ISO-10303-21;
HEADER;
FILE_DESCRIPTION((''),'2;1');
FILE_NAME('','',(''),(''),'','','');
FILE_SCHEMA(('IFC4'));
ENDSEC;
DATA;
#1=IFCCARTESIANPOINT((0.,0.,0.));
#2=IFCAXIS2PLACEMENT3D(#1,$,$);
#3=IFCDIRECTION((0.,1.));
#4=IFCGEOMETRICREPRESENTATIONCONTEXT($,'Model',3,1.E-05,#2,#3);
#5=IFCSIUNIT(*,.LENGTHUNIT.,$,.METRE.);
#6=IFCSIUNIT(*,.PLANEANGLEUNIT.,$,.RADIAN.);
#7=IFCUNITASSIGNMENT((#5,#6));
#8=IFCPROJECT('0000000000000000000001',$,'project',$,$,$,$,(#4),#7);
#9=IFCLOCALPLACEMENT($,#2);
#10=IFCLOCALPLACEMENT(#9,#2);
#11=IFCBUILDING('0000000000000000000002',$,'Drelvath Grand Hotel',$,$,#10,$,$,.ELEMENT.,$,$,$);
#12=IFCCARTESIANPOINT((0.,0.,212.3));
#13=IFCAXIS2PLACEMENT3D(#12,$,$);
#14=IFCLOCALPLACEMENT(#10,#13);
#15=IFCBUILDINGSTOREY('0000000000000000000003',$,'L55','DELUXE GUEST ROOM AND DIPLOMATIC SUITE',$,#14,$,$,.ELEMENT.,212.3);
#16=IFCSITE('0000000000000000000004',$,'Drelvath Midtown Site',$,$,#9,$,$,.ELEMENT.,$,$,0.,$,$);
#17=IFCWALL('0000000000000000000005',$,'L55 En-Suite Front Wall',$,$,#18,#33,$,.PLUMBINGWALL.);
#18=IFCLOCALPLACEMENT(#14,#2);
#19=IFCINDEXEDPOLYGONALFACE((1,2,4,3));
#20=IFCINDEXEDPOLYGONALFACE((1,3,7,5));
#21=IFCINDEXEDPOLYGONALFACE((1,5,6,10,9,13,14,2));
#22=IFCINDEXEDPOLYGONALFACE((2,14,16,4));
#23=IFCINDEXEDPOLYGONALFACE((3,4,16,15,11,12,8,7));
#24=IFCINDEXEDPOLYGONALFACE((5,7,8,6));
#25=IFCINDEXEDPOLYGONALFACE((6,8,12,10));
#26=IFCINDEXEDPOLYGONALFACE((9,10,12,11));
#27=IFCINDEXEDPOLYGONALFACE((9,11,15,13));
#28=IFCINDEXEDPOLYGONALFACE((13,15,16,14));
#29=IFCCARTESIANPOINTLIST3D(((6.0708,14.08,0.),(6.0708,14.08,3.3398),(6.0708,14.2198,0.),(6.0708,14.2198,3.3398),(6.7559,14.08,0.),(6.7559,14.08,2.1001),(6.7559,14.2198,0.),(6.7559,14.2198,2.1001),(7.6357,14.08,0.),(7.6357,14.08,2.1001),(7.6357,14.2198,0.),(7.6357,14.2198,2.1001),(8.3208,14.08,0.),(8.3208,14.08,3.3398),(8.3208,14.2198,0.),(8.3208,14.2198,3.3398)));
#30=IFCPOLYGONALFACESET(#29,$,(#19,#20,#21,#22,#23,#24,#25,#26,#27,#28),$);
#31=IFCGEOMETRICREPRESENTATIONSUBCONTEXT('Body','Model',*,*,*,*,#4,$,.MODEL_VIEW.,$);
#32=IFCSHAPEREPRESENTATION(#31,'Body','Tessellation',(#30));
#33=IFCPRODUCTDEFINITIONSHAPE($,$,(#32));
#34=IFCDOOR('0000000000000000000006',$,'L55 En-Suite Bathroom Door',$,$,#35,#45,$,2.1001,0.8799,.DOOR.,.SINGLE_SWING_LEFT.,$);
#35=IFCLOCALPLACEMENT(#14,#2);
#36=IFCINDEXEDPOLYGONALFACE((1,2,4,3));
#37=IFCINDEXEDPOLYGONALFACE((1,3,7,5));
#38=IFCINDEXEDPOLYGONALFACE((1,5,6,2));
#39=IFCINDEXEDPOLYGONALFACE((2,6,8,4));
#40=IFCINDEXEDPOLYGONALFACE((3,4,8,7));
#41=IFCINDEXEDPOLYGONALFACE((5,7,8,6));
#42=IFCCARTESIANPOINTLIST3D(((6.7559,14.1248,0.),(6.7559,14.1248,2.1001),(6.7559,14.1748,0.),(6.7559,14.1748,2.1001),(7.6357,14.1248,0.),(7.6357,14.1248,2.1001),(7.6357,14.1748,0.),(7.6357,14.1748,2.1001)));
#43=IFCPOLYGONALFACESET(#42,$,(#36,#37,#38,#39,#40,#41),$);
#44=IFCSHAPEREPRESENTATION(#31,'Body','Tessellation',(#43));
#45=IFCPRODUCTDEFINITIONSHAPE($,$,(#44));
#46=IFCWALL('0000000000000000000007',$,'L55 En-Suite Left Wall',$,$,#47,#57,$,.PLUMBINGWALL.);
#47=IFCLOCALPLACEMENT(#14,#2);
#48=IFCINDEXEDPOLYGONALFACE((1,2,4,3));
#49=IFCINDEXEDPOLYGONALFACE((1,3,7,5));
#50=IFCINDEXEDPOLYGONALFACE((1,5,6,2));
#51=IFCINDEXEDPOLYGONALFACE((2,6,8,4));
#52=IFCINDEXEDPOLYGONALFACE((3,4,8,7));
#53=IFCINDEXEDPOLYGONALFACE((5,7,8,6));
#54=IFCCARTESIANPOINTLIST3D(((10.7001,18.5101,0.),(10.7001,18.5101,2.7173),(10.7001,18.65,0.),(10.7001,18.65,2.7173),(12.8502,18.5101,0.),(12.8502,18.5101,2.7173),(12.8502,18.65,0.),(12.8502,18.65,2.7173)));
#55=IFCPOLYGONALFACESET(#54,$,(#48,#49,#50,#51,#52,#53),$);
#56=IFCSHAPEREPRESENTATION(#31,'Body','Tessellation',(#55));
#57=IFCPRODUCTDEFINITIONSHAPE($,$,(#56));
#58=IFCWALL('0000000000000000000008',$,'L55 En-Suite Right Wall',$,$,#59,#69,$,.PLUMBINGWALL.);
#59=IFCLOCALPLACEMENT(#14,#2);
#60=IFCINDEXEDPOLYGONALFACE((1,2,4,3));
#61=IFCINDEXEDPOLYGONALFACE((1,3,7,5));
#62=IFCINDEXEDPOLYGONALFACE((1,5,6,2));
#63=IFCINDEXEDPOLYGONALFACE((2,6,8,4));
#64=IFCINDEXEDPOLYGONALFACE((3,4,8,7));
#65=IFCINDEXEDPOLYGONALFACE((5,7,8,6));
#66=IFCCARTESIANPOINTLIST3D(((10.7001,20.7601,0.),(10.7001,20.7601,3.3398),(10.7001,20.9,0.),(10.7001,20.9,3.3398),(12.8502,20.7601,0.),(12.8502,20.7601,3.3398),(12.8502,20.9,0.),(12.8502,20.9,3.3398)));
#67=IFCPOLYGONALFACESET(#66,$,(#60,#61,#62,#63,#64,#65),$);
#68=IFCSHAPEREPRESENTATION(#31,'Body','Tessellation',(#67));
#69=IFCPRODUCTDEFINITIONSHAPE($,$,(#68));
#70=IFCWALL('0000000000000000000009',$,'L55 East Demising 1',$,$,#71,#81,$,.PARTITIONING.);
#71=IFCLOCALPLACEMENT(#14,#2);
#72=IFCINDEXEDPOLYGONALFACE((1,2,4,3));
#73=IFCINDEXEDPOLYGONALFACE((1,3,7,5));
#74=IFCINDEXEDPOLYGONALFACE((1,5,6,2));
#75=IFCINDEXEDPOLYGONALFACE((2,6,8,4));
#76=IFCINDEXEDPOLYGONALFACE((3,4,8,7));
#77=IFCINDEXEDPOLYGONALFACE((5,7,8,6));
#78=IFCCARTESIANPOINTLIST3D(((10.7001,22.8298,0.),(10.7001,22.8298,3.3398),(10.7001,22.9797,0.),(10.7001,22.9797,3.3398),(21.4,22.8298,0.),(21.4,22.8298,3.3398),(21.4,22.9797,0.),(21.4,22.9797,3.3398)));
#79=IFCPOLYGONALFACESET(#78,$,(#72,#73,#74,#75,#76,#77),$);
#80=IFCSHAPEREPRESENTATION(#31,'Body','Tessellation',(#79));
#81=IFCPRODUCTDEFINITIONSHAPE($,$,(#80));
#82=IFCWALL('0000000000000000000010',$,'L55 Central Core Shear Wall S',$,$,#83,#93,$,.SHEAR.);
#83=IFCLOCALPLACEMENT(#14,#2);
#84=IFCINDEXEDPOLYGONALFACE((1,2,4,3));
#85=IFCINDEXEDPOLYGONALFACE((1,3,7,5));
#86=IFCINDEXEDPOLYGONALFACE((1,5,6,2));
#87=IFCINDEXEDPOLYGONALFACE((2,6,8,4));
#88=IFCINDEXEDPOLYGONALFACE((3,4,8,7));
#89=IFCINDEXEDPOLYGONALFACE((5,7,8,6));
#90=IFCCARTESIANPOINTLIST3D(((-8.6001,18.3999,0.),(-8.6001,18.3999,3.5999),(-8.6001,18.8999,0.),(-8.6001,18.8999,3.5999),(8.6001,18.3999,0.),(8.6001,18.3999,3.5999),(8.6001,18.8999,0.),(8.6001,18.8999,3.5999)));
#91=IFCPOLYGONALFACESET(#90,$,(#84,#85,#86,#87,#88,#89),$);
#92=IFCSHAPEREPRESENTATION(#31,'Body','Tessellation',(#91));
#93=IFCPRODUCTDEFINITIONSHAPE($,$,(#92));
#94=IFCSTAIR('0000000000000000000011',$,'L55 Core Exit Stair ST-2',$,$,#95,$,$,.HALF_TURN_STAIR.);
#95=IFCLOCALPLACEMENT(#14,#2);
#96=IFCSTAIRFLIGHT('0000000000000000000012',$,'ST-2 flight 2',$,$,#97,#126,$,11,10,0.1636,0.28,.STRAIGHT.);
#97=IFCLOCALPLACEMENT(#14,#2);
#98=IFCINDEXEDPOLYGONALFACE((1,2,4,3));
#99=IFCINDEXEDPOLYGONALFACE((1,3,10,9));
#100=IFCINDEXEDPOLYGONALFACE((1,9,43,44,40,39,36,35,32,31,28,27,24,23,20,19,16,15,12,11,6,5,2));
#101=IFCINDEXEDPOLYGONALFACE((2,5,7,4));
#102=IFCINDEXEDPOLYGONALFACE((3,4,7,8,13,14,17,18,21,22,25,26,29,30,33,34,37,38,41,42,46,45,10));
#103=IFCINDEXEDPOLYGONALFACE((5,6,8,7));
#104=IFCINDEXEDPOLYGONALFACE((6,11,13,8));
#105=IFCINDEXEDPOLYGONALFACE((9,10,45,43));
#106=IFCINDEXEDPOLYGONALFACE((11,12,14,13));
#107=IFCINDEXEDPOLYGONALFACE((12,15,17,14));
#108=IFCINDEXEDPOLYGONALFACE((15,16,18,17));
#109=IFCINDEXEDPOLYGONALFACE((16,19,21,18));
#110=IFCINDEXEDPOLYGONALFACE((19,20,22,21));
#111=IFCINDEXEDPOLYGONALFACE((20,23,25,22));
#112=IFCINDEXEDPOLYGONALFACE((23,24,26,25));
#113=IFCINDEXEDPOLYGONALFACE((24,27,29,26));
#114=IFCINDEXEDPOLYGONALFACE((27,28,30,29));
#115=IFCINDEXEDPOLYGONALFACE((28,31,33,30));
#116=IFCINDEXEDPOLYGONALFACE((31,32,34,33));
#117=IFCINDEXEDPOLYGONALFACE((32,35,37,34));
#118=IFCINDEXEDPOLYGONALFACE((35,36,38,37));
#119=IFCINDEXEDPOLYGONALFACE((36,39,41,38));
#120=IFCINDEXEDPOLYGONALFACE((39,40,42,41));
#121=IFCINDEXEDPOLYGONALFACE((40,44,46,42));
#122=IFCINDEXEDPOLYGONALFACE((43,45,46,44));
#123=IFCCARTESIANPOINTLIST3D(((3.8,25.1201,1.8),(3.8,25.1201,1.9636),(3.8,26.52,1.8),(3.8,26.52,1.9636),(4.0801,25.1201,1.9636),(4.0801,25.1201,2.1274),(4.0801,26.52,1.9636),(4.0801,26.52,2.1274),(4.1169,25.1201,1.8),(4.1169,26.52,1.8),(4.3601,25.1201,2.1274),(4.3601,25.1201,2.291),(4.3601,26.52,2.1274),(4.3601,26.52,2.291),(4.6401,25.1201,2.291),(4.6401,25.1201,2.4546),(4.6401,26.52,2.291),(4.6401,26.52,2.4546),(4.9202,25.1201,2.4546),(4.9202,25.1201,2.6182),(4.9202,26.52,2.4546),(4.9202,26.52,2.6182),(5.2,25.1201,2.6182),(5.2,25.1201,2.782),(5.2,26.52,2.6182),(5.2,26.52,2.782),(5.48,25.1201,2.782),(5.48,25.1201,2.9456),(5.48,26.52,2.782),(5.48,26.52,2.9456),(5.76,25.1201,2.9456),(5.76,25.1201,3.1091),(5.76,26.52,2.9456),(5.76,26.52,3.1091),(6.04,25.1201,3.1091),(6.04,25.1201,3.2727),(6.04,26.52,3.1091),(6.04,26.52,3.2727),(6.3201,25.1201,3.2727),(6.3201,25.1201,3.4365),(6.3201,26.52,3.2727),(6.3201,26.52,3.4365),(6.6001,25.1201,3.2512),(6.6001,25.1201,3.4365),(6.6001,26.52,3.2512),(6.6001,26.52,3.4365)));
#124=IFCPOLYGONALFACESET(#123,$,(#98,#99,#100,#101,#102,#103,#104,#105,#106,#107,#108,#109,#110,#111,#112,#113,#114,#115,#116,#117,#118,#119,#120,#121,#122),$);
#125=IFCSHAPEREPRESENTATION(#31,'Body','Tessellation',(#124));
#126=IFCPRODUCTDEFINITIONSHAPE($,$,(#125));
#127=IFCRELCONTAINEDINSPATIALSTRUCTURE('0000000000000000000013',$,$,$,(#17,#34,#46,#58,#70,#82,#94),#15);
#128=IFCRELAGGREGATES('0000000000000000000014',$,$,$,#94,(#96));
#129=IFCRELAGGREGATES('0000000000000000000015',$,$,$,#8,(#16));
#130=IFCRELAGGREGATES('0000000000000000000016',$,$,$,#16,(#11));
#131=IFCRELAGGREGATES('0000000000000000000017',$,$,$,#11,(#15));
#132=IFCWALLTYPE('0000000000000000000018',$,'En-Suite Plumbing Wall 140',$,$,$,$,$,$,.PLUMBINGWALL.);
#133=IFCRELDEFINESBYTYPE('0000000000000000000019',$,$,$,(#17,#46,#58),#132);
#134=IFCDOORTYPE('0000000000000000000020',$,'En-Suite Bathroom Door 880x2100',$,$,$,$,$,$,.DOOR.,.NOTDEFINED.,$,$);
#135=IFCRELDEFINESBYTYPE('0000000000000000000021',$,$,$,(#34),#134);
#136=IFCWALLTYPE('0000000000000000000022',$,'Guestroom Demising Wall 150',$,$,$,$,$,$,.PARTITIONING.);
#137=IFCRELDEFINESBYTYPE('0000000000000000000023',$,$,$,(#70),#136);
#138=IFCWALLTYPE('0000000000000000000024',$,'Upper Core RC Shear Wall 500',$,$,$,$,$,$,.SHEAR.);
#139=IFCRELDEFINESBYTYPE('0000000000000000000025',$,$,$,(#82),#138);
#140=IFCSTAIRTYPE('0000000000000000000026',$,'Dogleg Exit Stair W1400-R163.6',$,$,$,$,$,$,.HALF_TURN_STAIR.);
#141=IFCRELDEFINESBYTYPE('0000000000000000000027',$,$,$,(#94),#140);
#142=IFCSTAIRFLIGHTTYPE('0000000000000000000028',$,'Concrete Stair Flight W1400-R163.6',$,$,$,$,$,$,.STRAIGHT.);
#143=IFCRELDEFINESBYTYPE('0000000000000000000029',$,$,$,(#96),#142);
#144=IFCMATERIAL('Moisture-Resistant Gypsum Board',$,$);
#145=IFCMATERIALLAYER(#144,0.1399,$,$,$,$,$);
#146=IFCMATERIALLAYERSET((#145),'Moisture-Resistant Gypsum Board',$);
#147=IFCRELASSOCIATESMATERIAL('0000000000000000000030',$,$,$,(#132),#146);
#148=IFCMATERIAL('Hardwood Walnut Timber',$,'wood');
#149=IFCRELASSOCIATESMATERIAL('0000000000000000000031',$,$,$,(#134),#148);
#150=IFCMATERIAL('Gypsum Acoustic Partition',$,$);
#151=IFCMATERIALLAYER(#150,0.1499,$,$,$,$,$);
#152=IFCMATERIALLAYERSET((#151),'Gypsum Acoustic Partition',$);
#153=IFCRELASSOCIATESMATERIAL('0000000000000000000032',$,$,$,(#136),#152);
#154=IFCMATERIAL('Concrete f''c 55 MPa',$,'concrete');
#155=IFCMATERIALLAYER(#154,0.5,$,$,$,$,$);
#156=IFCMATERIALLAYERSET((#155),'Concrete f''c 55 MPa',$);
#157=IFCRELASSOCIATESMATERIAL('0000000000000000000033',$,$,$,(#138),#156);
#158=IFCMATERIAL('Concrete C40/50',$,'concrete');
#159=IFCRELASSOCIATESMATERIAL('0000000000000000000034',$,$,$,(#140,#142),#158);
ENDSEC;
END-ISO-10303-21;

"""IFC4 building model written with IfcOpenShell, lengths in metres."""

from ifc_helpers import new_model, si_unit, direction, frame, frame_2d, origin, place, context, subcontext, project, spatial, polyline, rectangle, outline, extrude, material, layer, layer_set, type_object, element, fill, aggregate, save


model = new_model("IFC4")

# Units and contexts
model_context = context("Model", 3, precision=1e-05, world=origin(), true_north=direction((0.0, 1.0)))
body_context = subcontext(model_context, "Body", "Model", "MODEL_VIEW")
ifc_project = project(units=[si_unit("LENGTHUNIT", "METRE"), si_unit("PLANEANGLEUNIT", "RADIAN")], contexts=[model_context])

# Site, building, storey
site_placement = place(None, origin())
site = spatial("IfcSite", under=ifc_project, at=site_placement, Name="Drelvath Midtown Site", CompositionType="ELEMENT", RefElevation=0.0)
building_placement = place(site_placement, origin())
building = spatial("IfcBuilding", under=site, at=building_placement, Name="Drelvath Grand Hotel", CompositionType="ELEMENT")
storey_placement = place(building_placement, frame((0.0, 0.0, 212.3)))
storey = spatial("IfcBuildingStorey", under=building, at=storey_placement, Name="L55", Description="DELUXE GUEST ROOM AND DIPLOMATIC SUITE", CompositionType="ELEMENT", Elevation=212.3)

# Shared definitions
ifc_material_1 = material(Name="Concrete f'c 55 MPa", Category="concrete")

# Shared definitions
ifc_material_2 = material(Name="Concrete C40/50", Category="concrete")

# Shared definitions
ifc_material_3 = material(Name="Hardwood Walnut Timber", Category="wood")

# Shared definitions
ifc_material_4 = material(Name="Moisture-Resistant Gypsum Board")
ifc_layer_1 = layer(ifc_material_4, 0.1399)
ifc_layer_set_1 = layer_set([ifc_layer_1], Name="Moisture-Resistant Gypsum Board")
wall_type_1 = type_object("IfcWallType", Name="En-Suite Plumbing Wall 140", PredefinedType="PLUMBINGWALL", material=ifc_layer_set_1)

# Shared definitions
door_type_1 = type_object("IfcDoorType", Name="En-Suite Bathroom Door 880x2100", OperationType="NOTDEFINED", PredefinedType="DOOR", material=ifc_material_3)

# Wall, opening, door
wall_1_placement = place(storey_placement, frame((6.0708, 14.1499, 0.0), z_axis=(0.0, 0.0, 1.0), x_axis=(1.0, 0.0, 0.0)))
wall_1 = element("IfcWall", 1, at=wall_1_placement, inside=storey, type_object=wall_type_1, Name="L55 En-Suite Front Wall", PredefinedType="PLUMBINGWALL", context=body_context, shape_type="SweptSolid", body=[
    extrude(rectangle(XDim=2.25, YDim=0.1399, at=frame_2d((1.125, 0.0))), origin(), (0.0, 0.0, 1.0), 3.3398),
])
opening_1_placement = place(wall_1_placement, frame((0.6851, 0.0, 0.0)))
opening_1 = element("IfcOpeningElement", 2, at=opening_1_placement, cuts=wall_1, PredefinedType="OPENING", context=body_context, shape_type="SweptSolid", body=[
    extrude(rectangle(XDim=0.8799, YDim=2.1001, at=frame_2d((0.4399, 1.05))), frame((0.0, 0.0798, 0.0), z_axis=(0.0, -1.0, 0.0), x_axis=(1.0, 0.0, 0.0)), (0.0, 0.0, 1.0), 0.1599),
])
door_1_placement = place(opening_1_placement, origin())
door_1 = element("IfcDoor", 3, at=door_1_placement, inside=storey, type_object=door_type_1, Name="L55 En-Suite Bathroom Door", OperationType="SINGLE_SWING_LEFT", OverallHeight=2.1001, OverallWidth=0.8799, PredefinedType="DOOR", context=body_context, shape_type="SweptSolid", body=[
    extrude(rectangle(XDim=0.8799, YDim=2.1001, at=frame_2d((0.4399, 1.05))), frame((0.0, 0.0249, 0.0), z_axis=(0.0, -1.0, 0.0), x_axis=(1.0, 0.0, 0.0)), (0.0, 0.0, 1.0), 0.05),
])
fill(opening_1, door_1)

# Walls
wall_2_placement = place(storey_placement, frame((10.7, 18.5801, 0.0), z_axis=(0.0, 0.0, 1.0), x_axis=(1.0, 0.0, 0.0)))
element("IfcWall", 4, at=wall_2_placement, inside=storey, type_object=wall_type_1, Name="L55 En-Suite Left Wall", PredefinedType="PLUMBINGWALL", context=body_context, shape_type="SweptSolid", body=[
    extrude(rectangle(XDim=2.1501, YDim=0.1399, at=frame_2d((1.0752, 0.0))), origin(), (0.0, 0.0, 1.0), 2.7173),
])
wall_3_placement = place(storey_placement, frame((10.7, 20.8301, 0.0), z_axis=(0.0, 0.0, 1.0), x_axis=(1.0, 0.0, 0.0)))
element("IfcWall", 5, at=wall_3_placement, inside=storey, type_object=wall_type_1, Name="L55 En-Suite Right Wall", PredefinedType="PLUMBINGWALL", context=body_context, shape_type="SweptSolid", body=[
    extrude(rectangle(XDim=2.1501, YDim=0.1399, at=frame_2d((1.0752, 0.0))), origin(), (0.0, 0.0, 1.0), 3.3398),
])
ifc_material_5 = material(Name="Gypsum Acoustic Partition")
ifc_layer_2 = layer(ifc_material_5, 0.1499)
ifc_layer_set_2 = layer_set([ifc_layer_2], Name="Gypsum Acoustic Partition")
wall_type_2 = type_object("IfcWallType", Name="Guestroom Demising Wall 150", PredefinedType="PARTITIONING", material=ifc_layer_set_2)
wall_4_placement = place(storey_placement, frame((10.7, 22.9048, 0.0), z_axis=(0.0, 0.0, 1.0), x_axis=(1.0, 0.0, 0.0)))
element("IfcWall", 6, at=wall_4_placement, inside=storey, type_object=wall_type_2, Name="L55 East Demising 1", PredefinedType="PARTITIONING", context=body_context, shape_type="SweptSolid", body=[
    extrude(rectangle(XDim=10.7, YDim=0.1499, at=frame_2d((5.3501, 0.0))), origin(), (0.0, 0.0, 1.0), 3.3398),
])
ifc_layer_3 = layer(ifc_material_1, 0.5)
ifc_layer_set_3 = layer_set([ifc_layer_3], Name="Concrete f'c 55 MPa")
wall_type_3 = type_object("IfcWallType", Name="Upper Core RC Shear Wall 500", PredefinedType="SHEAR", material=ifc_layer_set_3)
wall_5_placement = place(storey_placement, frame((8.6001, 18.6499, 0.0), z_axis=(0.0, 0.0, 1.0), x_axis=(-1.0, 0.0, 0.0)))
element("IfcWall", 7, at=wall_5_placement, inside=storey, type_object=wall_type_3, Name="L55 Central Core Shear Wall S", PredefinedType="SHEAR", context=body_context, shape_type="SweptSolid", body=[
    extrude(rectangle(XDim=17.2002, YDim=0.5, at=frame_2d((8.6001, 0.0))), origin(), (0.0, 0.0, 1.0), 3.5999),
])

# Stair, stair flight
stair_type = type_object("IfcStairType", Name="Dogleg Exit Stair W1400-R163.6", PredefinedType="HALF_TURN_STAIR", material=ifc_material_2)
stair_placement = place(storey_placement, origin())
stair = element("IfcStair", 8, at=stair_placement, inside=storey, type_object=stair_type, Name="L55 Core Exit Stair ST-2", PredefinedType="HALF_TURN_STAIR")
stair_flight_type = type_object("IfcStairFlightType", Name="Concrete Stair Flight W1400-R163.6", PredefinedType="STRAIGHT", material=ifc_material_2)
stair_flight_placement = place(storey_placement, frame((3.8, 25.8201, 1.8), z_axis=(0.0, 0.0, 1.0), x_axis=(1.0, 0.0, 0.0)))
stair_flight = element("IfcStairFlight", 9, at=stair_flight_placement, type_object=stair_flight_type, Name="ST-2 flight 2", NumberOfRisers=11, NumberOfTreads=10, PredefinedType="STRAIGHT", RiserHeight=0.1636, TreadLength=0.28, context=body_context, shape_type="SweptSolid", body=[
    extrude(outline(polyline([(0.0, 0.0), (0.0, 0.1636), (0.28, 0.1636), (0.28, 0.3274), (0.5601, 0.3274), (0.5601, 0.491), (0.8401, 0.491), (0.8401, 0.6545), (1.1201, 0.6545), (1.1201, 0.8181), (1.3999, 0.8181), (1.3999, 0.9819), (1.6799, 0.9819), (1.6799, 1.1455), (1.96, 1.1455), (1.96, 1.3091), (2.24, 1.3091), (2.24, 1.4727), (2.52, 1.4727), (2.52, 1.6365), (2.8, 1.6365), (2.8, 1.8), (2.8, 1.4512), (0.3169, 0.0), (0.0, 0.0)])), frame((0.0, 0.7, 0.0), z_axis=(0.0, -1.0, 0.0), x_axis=(1.0, 0.0, 0.0)), (0.0, 0.0, 1.0), 1.3999),
])
aggregate(stair, [stair_flight])

save(model, "model.ifc")
